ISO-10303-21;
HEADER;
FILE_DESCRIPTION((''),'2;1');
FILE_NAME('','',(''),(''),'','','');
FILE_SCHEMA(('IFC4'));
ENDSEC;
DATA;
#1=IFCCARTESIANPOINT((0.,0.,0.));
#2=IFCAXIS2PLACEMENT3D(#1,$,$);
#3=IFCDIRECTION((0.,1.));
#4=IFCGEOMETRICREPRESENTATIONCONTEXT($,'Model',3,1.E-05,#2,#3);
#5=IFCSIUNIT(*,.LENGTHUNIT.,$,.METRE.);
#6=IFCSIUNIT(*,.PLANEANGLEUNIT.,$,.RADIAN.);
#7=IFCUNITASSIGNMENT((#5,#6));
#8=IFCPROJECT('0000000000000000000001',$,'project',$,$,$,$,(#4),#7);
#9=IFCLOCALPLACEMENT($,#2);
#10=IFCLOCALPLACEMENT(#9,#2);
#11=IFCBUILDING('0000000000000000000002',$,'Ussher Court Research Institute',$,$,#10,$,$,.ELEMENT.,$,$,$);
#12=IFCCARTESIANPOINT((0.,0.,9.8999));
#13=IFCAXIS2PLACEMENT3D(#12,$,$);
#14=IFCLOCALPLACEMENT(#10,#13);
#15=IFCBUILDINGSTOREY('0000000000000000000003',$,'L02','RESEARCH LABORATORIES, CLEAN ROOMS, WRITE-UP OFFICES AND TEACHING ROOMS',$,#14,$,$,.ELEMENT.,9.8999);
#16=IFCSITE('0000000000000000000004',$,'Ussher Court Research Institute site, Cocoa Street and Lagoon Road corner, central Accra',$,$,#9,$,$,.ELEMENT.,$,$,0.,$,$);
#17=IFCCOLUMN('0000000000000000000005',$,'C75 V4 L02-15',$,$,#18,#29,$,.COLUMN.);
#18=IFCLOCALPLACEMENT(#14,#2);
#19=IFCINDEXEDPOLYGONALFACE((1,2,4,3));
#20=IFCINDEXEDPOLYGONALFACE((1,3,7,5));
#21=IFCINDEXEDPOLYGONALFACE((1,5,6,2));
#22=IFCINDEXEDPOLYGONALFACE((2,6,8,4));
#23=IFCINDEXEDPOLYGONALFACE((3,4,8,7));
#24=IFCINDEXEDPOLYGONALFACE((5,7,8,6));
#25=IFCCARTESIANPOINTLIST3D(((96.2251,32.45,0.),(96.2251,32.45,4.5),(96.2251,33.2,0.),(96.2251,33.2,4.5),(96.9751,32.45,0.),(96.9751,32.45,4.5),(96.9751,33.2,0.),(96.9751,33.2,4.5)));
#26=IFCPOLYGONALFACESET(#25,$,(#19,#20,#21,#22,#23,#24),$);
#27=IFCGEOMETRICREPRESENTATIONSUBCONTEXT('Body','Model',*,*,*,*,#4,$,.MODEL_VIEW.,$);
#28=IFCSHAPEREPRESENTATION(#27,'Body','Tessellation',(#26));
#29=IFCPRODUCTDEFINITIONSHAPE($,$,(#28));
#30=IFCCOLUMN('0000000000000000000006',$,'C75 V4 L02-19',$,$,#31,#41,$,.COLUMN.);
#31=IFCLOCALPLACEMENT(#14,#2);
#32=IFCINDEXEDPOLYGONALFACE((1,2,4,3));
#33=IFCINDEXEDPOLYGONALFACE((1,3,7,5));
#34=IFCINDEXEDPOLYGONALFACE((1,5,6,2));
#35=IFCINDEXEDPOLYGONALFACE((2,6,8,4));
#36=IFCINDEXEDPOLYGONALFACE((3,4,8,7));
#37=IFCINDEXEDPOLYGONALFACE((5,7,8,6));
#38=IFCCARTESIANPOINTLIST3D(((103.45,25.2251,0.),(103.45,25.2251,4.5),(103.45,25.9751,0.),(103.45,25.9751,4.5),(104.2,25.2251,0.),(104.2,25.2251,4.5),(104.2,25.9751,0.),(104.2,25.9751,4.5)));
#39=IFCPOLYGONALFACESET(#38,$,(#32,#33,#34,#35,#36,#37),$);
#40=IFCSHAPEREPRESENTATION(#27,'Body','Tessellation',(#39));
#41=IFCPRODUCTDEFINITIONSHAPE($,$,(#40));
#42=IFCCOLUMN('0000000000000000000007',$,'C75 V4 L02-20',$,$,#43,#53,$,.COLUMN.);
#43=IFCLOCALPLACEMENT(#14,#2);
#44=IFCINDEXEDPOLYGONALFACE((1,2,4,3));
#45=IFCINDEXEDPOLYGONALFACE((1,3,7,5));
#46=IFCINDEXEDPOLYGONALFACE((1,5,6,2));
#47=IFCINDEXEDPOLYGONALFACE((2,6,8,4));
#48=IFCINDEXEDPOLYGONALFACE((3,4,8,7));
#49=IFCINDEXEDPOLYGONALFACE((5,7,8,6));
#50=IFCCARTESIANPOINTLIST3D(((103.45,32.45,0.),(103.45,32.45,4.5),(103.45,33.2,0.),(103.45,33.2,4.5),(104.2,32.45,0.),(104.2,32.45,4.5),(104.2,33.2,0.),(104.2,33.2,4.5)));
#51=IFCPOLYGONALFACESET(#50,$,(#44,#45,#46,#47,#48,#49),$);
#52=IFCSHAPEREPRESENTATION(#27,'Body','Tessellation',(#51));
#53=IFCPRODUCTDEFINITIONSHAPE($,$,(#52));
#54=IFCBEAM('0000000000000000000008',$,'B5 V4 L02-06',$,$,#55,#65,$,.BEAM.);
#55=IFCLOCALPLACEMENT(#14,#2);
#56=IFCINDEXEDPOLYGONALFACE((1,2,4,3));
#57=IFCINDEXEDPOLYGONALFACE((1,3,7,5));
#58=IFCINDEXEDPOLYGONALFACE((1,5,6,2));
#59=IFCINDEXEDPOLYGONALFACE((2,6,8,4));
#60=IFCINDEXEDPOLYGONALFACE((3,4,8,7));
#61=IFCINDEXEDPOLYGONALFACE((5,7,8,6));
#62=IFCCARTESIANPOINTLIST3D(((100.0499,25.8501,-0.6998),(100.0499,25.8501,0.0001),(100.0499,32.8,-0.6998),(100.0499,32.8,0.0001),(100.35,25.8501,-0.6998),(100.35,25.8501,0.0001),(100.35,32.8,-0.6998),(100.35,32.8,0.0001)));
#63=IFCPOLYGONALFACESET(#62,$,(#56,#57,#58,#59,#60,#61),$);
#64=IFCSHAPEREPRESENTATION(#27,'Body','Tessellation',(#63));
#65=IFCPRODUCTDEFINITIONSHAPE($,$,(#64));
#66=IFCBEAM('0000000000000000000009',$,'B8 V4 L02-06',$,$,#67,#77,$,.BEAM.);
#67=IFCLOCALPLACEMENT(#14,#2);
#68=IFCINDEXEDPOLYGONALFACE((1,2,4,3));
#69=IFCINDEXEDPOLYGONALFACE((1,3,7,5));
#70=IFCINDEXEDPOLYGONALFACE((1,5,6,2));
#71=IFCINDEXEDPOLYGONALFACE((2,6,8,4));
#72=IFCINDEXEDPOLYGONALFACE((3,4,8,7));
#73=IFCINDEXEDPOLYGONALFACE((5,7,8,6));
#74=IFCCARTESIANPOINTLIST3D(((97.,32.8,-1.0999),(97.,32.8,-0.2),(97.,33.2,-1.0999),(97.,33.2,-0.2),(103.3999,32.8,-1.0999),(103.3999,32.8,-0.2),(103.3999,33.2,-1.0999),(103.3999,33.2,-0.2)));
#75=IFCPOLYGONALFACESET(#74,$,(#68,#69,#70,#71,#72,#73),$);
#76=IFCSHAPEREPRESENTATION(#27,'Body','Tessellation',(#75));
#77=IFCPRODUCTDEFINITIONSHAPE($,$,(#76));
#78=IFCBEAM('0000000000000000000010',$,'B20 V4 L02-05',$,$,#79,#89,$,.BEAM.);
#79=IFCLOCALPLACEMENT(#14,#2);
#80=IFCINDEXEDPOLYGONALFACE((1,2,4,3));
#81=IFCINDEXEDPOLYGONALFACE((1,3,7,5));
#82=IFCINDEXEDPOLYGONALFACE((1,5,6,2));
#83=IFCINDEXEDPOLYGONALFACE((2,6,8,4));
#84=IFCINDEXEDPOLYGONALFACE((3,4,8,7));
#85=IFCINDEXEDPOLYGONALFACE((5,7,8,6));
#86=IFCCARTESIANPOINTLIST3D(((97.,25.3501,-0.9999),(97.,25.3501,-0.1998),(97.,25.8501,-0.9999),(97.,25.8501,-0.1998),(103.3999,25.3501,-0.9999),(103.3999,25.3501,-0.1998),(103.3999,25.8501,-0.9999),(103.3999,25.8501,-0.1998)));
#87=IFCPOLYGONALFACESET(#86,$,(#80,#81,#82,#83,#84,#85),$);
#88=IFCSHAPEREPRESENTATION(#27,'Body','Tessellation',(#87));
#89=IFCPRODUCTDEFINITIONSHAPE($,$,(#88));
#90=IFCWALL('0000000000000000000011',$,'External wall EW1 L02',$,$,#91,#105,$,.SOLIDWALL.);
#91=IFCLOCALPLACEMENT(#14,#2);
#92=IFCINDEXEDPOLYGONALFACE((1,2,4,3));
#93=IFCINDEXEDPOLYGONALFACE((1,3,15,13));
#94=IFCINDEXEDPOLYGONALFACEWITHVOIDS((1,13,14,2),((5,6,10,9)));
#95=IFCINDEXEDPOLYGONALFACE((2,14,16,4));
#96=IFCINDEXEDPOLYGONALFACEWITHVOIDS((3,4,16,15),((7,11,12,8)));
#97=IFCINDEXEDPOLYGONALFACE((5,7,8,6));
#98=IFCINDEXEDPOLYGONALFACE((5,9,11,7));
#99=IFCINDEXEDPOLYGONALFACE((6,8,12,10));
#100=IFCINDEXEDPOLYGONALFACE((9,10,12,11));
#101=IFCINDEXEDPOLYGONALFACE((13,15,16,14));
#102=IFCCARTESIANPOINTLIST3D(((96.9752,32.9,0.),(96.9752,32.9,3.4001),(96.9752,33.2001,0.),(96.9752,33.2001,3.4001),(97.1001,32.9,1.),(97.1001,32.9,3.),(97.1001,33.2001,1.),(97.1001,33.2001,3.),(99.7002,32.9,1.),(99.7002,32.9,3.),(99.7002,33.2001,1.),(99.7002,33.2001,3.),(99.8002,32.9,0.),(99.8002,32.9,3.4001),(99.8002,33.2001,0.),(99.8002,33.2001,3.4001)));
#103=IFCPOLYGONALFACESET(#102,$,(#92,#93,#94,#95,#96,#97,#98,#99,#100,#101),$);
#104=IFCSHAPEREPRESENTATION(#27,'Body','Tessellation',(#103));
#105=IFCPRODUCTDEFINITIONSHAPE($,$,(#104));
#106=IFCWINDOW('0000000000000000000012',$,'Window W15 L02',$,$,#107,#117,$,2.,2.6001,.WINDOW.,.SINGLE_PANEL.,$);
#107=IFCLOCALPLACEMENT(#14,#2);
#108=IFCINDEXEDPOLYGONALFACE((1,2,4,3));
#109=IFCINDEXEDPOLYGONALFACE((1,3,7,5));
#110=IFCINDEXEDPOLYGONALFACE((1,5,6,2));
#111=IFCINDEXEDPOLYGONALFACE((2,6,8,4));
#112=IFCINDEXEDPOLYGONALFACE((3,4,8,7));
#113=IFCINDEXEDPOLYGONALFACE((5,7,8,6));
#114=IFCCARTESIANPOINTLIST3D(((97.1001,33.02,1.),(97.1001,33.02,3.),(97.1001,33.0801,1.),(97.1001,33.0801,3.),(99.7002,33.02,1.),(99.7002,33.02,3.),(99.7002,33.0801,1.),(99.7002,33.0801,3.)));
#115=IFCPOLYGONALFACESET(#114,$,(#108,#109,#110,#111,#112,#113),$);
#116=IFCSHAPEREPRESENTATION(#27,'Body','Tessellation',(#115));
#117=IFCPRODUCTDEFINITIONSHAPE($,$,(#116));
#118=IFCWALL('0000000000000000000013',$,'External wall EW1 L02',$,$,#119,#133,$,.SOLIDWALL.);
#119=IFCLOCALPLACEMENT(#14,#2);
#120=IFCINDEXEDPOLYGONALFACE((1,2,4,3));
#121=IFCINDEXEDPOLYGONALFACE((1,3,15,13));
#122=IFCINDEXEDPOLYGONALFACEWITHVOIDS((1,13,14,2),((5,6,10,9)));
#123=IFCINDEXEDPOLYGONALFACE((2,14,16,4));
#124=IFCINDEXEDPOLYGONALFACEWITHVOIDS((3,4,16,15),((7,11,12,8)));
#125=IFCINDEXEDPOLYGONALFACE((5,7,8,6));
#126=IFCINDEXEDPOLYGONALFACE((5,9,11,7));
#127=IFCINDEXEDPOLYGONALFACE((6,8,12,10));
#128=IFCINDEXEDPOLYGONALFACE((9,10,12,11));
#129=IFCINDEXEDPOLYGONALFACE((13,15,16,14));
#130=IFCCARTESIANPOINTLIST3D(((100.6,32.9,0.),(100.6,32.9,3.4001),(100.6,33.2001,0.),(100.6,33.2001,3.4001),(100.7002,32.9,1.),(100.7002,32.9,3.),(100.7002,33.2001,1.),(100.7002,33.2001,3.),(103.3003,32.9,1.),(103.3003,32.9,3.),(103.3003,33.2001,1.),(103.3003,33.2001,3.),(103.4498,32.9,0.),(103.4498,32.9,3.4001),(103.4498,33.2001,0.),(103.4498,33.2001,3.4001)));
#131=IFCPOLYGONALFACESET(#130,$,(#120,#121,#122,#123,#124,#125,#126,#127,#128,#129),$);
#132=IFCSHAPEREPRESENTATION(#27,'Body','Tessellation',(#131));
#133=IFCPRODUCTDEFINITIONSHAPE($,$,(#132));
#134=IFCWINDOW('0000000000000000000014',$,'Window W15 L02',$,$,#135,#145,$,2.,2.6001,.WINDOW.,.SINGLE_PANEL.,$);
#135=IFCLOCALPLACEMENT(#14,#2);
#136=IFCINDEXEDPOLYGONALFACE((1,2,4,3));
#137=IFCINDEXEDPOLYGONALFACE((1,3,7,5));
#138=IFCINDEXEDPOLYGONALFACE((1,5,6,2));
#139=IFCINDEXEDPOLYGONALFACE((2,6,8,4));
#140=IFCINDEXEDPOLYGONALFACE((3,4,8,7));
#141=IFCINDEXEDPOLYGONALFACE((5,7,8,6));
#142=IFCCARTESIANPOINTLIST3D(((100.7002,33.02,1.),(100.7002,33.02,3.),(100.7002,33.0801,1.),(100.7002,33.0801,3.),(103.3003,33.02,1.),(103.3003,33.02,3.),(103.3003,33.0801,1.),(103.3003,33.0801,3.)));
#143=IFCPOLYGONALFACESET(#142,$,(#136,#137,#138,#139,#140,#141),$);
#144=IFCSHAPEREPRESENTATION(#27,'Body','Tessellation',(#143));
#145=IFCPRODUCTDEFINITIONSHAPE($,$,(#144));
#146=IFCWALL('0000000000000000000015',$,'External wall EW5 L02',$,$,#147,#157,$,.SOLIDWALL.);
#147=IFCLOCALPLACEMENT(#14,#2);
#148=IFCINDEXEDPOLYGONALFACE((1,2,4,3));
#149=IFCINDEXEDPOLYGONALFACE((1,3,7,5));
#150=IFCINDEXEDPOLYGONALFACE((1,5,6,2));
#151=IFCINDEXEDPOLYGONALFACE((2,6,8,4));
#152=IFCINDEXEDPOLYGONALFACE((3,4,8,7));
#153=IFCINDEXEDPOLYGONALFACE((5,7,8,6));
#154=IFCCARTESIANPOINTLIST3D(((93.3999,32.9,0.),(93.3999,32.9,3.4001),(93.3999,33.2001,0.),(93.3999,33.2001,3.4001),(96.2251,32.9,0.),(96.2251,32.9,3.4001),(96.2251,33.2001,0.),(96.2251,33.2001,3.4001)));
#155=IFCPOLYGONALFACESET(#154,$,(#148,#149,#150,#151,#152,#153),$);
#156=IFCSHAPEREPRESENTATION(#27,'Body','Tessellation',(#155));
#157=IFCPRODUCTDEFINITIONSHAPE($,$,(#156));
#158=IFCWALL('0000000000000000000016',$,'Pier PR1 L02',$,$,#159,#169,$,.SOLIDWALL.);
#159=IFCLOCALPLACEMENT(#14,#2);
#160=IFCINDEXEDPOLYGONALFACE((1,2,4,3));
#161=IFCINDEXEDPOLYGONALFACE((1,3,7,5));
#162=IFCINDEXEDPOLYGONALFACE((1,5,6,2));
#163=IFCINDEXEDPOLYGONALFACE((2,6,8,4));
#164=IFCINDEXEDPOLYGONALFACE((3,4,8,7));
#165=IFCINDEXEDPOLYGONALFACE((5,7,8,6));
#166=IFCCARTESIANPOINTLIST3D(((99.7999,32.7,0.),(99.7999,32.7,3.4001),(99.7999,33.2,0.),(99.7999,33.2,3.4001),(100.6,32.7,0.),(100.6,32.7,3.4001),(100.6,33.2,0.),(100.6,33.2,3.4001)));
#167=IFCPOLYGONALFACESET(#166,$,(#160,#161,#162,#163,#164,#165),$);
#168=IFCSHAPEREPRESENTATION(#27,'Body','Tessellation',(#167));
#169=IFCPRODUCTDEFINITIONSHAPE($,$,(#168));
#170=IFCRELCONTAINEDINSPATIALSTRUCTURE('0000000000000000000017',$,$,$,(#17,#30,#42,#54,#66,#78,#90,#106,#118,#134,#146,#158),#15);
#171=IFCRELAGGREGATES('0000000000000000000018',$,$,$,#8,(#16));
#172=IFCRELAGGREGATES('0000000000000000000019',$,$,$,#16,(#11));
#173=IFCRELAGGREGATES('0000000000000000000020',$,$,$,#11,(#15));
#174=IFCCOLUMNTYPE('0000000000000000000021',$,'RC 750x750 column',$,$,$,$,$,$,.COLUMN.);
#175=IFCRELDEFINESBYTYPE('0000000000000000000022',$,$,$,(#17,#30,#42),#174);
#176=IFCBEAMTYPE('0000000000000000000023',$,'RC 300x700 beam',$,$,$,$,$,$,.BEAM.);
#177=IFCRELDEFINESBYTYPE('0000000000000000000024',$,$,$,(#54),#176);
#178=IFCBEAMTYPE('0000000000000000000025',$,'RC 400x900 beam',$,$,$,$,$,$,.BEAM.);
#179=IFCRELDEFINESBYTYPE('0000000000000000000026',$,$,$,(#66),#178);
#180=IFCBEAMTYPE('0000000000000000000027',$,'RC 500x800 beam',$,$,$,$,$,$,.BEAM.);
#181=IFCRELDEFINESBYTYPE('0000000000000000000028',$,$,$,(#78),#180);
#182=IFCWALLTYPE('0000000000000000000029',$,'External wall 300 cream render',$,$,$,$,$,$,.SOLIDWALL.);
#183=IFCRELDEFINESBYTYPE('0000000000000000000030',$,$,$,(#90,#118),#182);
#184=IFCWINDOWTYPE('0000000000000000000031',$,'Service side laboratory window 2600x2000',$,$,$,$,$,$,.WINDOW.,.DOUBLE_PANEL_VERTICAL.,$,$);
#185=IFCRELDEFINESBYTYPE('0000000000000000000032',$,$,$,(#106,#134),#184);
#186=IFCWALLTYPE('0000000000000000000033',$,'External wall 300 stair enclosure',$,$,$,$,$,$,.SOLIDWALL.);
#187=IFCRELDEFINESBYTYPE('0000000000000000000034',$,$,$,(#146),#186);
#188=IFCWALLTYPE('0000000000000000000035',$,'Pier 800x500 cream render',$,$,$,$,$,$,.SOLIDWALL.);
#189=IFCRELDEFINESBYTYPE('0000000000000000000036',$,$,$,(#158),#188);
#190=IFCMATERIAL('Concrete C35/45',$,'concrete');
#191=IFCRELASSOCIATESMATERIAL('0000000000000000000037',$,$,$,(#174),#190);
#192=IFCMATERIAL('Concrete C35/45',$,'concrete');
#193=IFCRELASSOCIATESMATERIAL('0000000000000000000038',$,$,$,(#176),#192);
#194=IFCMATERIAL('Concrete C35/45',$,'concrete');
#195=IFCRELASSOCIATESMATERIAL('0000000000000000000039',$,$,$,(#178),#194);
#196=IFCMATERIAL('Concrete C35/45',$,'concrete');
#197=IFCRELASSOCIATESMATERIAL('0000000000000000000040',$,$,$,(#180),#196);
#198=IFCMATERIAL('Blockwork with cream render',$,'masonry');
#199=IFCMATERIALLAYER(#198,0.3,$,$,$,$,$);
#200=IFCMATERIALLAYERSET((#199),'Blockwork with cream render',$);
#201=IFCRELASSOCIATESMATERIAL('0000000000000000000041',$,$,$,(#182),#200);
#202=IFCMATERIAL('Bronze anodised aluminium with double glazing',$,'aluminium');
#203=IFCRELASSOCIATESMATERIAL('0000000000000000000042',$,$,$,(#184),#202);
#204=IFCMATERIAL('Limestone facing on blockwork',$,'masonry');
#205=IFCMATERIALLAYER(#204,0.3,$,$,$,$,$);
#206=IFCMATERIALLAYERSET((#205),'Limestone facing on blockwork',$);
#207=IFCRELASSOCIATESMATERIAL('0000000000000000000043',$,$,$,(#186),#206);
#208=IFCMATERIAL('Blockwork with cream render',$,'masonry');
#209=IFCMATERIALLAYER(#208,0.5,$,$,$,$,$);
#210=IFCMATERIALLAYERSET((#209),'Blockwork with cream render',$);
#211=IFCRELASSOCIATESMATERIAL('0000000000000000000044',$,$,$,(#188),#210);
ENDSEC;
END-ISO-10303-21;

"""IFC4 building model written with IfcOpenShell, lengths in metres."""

from ifc_helpers import new_model, si_unit, direction, frame, frame_2d, origin, origin_2d, place, context, subcontext, project, spatial, rectangle, extrude, material, layer, layer_set, material_profile, profile_set, type_object, element, fill, save


model = new_model("IFC4")

# Units and contexts
model_context = context("Model", 3, precision=1e-05, world=origin(), true_north=direction((0.0, 1.0)))
body_context = subcontext(model_context, "Body", "Model", "MODEL_VIEW")
ifc_project = project(units=[si_unit("LENGTHUNIT", "METRE"), si_unit("PLANEANGLEUNIT", "RADIAN")], contexts=[model_context])

# Site, building, storey
site_placement = place(None, origin())
site = spatial("IfcSite", under=ifc_project, at=site_placement, Name="Ussher Court Research Institute site, Cocoa Street and Lagoon Road corner, central Accra", CompositionType="ELEMENT", RefElevation=0.0)
building_placement = place(site_placement, origin())
building = spatial("IfcBuilding", under=site, at=building_placement, Name="Ussher Court Research Institute", CompositionType="ELEMENT")
storey_placement = place(building_placement, frame((0.0, 0.0, 9.8999)))
storey = spatial("IfcBuildingStorey", under=building, at=storey_placement, Name="L02", Description="RESEARCH LABORATORIES, CLEAN ROOMS, WRITE-UP OFFICES AND TEACHING ROOMS", CompositionType="ELEMENT", Elevation=9.8999)

# Columns
ifc_material_1 = material(Name="Concrete C35/45", Category="concrete")
ifc_material_profile_1 = material_profile(ifc_material_1, rectangle(XDim=0.75, YDim=0.75, at=origin_2d()), Name="RC 750x750")
ifc_profile_set_1 = profile_set([ifc_material_profile_1], Name="Concrete C35/45")
column_type = type_object("IfcColumnType", Name="RC 750x750 column", PredefinedType="COLUMN", material=ifc_profile_set_1)
for number, where, z_axis, x_axis, name in (
    (1, (96.6001, 32.825, 0.0), (0.0, 0.0, 1.0), (1.0, 0.0, 0.0), "C75 V4 L02-15"),
    (2, (103.825, 25.6001, 0.0), (0.0, 0.0, 1.0), (1.0, 0.0, 0.0), "C75 V4 L02-19"),
    (3, (103.825, 32.825, 0.0), (0.0, 0.0, 1.0), (1.0, 0.0, 0.0), "C75 V4 L02-20"),
):
    element("IfcColumn", number, at=place(storey_placement, frame(where, z_axis=z_axis, x_axis=x_axis)), inside=storey, type_object=column_type, Name=name, PredefinedType="COLUMN", context=body_context, shape_type="SweptSolid", body=[
        extrude(rectangle(XDim=0.75, YDim=0.75, at=origin_2d()), origin(), (0.0, 0.0, 1.0), 4.5),
    ])

# Beams
ifc_material_2 = material(Name="Concrete C35/45", Category="concrete")
ifc_material_profile_2 = material_profile(ifc_material_2, rectangle(XDim=0.3, YDim=0.7, at=origin_2d()), Name="RC 300x700")
ifc_profile_set_2 = profile_set([ifc_material_profile_2], Name="Concrete C35/45")
beam_type_1 = type_object("IfcBeamType", Name="RC 300x700 beam", PredefinedType="BEAM", material=ifc_profile_set_2)
beam_1_placement = place(storey_placement, frame((100.2, 25.8501, -0.3499), z_axis=(0.0, 1.0, 0.0), x_axis=(-1.0, 0.0, 0.0)))
element("IfcBeam", 4, at=beam_1_placement, inside=storey, type_object=beam_type_1, Name="B5 V4 L02-06", PredefinedType="BEAM", context=body_context, shape_type="SweptSolid", body=[
    extrude(rectangle(XDim=0.3, YDim=0.7, at=origin_2d()), origin(), (0.0, 0.0, 1.0), 6.95),
])
ifc_material_3 = material(Name="Concrete C35/45", Category="concrete")
ifc_material_profile_3 = material_profile(ifc_material_3, rectangle(XDim=0.3999, YDim=0.8999, at=origin_2d()), Name="RC 400x900")
ifc_profile_set_3 = profile_set([ifc_material_profile_3], Name="Concrete C35/45")
beam_type_2 = type_object("IfcBeamType", Name="RC 400x900 beam", PredefinedType="BEAM", material=ifc_profile_set_3)
beam_2_placement = place(storey_placement, frame((97.0, 33.0, -0.6499), z_axis=(1.0, 0.0, 0.0), x_axis=(0.0, 1.0, 0.0)))
element("IfcBeam", 5, at=beam_2_placement, inside=storey, type_object=beam_type_2, Name="B8 V4 L02-06", PredefinedType="BEAM", context=body_context, shape_type="SweptSolid", body=[
    extrude(rectangle(XDim=0.3999, YDim=0.8999, at=origin_2d()), origin(), (0.0, 0.0, 1.0), 6.3999),
])
ifc_material_4 = material(Name="Concrete C35/45", Category="concrete")
ifc_material_profile_4 = material_profile(ifc_material_4, rectangle(XDim=0.5, YDim=0.8, at=origin_2d()), Name="RC 500x800")
ifc_profile_set_4 = profile_set([ifc_material_profile_4], Name="Concrete C35/45")
beam_type_3 = type_object("IfcBeamType", Name="RC 500x800 beam", PredefinedType="BEAM", material=ifc_profile_set_4)
beam_3_placement = place(storey_placement, frame((97.0, 25.6001, -0.5999), z_axis=(1.0, 0.0, 0.0), x_axis=(0.0, 1.0, 0.0)))
element("IfcBeam", 6, at=beam_3_placement, inside=storey, type_object=beam_type_3, Name="B20 V4 L02-05", PredefinedType="BEAM", context=body_context, shape_type="SweptSolid", body=[
    extrude(rectangle(XDim=0.5, YDim=0.8, at=origin_2d()), origin(), (0.0, 0.0, 1.0), 6.3999),
])

# Walls, openings, windows
ifc_material_5 = material(Name="Blockwork with cream render", Category="masonry")
ifc_layer_1 = layer(ifc_material_5, 0.3)
ifc_layer_set_1 = layer_set([ifc_layer_1], Name="Blockwork with cream render")
wall_type_1 = type_object("IfcWallType", Name="External wall 300 cream render", PredefinedType="SOLIDWALL", material=ifc_layer_set_1)
wall_1_placement = place(storey_placement, frame((96.9751, 33.05, 0.0), z_axis=(0.0, 0.0, 1.0), x_axis=(1.0, 0.0, 0.0)))
wall_1 = element("IfcWall", 7, at=wall_1_placement, inside=storey, type_object=wall_type_1, Name="External wall EW1 L02", PredefinedType="SOLIDWALL", context=body_context, shape_type="SweptSolid", body=[
    extrude(rectangle(XDim=2.825, YDim=0.3, at=frame_2d((1.4126, 0.0))), origin(), (0.0, 0.0, 1.0), 3.4001),
])
opening_1_placement = place(wall_1_placement, frame((0.125, 0.0, 1.0)))
opening_1 = element("IfcOpeningElement", 8, at=opening_1_placement, cuts=wall_1, PredefinedType="OPENING", context=body_context, shape_type="SweptSolid", body=[
    extrude(rectangle(XDim=2.6001, YDim=2.0, at=frame_2d((1.3, 1.0))), frame((0.0, 0.1602, 0.0), z_axis=(0.0, -1.0, 0.0), x_axis=(1.0, 0.0, 0.0)), (0.0, 0.0, 1.0), 0.3201),
])
ifc_material_6 = material(Name="Bronze anodised aluminium with double glazing", Category="aluminium")
window_type = type_object("IfcWindowType", Name="Service side laboratory window 2600x2000", PartitioningType="DOUBLE_PANEL_VERTICAL", PredefinedType="WINDOW", material=ifc_material_6)
window_1_placement = place(opening_1_placement, origin())
window_1 = element("IfcWindow", 9, at=window_1_placement, inside=storey, type_object=window_type, Name="Window W15 L02", OverallHeight=2.0, OverallWidth=2.6001, PartitioningType="SINGLE_PANEL", PredefinedType="WINDOW", context=body_context, shape_type="SweptSolid", body=[
    extrude(rectangle(XDim=2.6001, YDim=2.0, at=frame_2d((1.3, 1.0))), frame((0.0, 0.03, 0.0), z_axis=(0.0, -1.0, 0.0), x_axis=(1.0, 0.0, 0.0)), (0.0, 0.0, 1.0), 0.0601),
])
fill(opening_1, window_1)
wall_2_placement = place(storey_placement, frame((100.6001, 33.05, 0.0), z_axis=(0.0, 0.0, 1.0), x_axis=(1.0, 0.0, 0.0)))
wall_2 = element("IfcWall", 10, at=wall_2_placement, inside=storey, type_object=wall_type_1, Name="External wall EW1 L02", PredefinedType="SOLIDWALL", context=body_context, shape_type="SweptSolid", body=[
    extrude(rectangle(XDim=2.8499, YDim=0.3, at=frame_2d((1.4248, 0.0))), origin(), (0.0, 0.0, 1.0), 3.4001),
])
opening_2_placement = place(wall_2_placement, frame((0.1001, 0.0, 1.0)))
opening_2 = element("IfcOpeningElement", 11, at=opening_2_placement, cuts=wall_2, PredefinedType="OPENING", context=body_context, shape_type="SweptSolid", body=[
    extrude(rectangle(XDim=2.6001, YDim=2.0, at=frame_2d((1.3, 1.0))), frame((0.0, 0.1602, 0.0), z_axis=(0.0, -1.0, 0.0), x_axis=(1.0, 0.0, 0.0)), (0.0, 0.0, 1.0), 0.3201),
])
window_2_placement = place(opening_2_placement, origin())
window_2 = element("IfcWindow", 12, at=window_2_placement, inside=storey, type_object=window_type, Name="Window W15 L02", OverallHeight=2.0, OverallWidth=2.6001, PartitioningType="SINGLE_PANEL", PredefinedType="WINDOW", context=body_context, shape_type="SweptSolid", body=[
    extrude(rectangle(XDim=2.6001, YDim=2.0, at=frame_2d((1.3, 1.0))), frame((0.0, 0.03, 0.0), z_axis=(0.0, -1.0, 0.0), x_axis=(1.0, 0.0, 0.0)), (0.0, 0.0, 1.0), 0.0601),
])
fill(opening_2, window_2)

# Walls
ifc_material_7 = material(Name="Limestone facing on blockwork", Category="masonry")
ifc_layer_2 = layer(ifc_material_7, 0.3)
ifc_layer_set_2 = layer_set([ifc_layer_2], Name="Limestone facing on blockwork")
wall_type_2 = type_object("IfcWallType", Name="External wall 300 stair enclosure", PredefinedType="SOLIDWALL", material=ifc_layer_set_2)
wall_3_placement = place(storey_placement, frame((93.3999, 33.05, 0.0), z_axis=(0.0, 0.0, 1.0), x_axis=(1.0, 0.0, 0.0)))
element("IfcWall", 13, at=wall_3_placement, inside=storey, type_object=wall_type_2, Name="External wall EW5 L02", PredefinedType="SOLIDWALL", context=body_context, shape_type="SweptSolid", body=[
    extrude(rectangle(XDim=2.8252, YDim=0.3, at=frame_2d((1.4126, 0.0))), origin(), (0.0, 0.0, 1.0), 3.4001),
])
ifc_material_8 = material(Name="Blockwork with cream render", Category="masonry")
ifc_layer_3 = layer(ifc_material_8, 0.5)
ifc_layer_set_3 = layer_set([ifc_layer_3], Name="Blockwork with cream render")
wall_type_3 = type_object("IfcWallType", Name="Pier 800x500 cream render", PredefinedType="SOLIDWALL", material=ifc_layer_set_3)
wall_4_placement = place(storey_placement, frame((99.8, 32.95, 0.0), z_axis=(0.0, 0.0, 1.0), x_axis=(1.0, 0.0, 0.0)))
element("IfcWall", 14, at=wall_4_placement, inside=storey, type_object=wall_type_3, Name="Pier PR1 L02", PredefinedType="SOLIDWALL", context=body_context, shape_type="SweptSolid", body=[
    extrude(rectangle(XDim=0.8, YDim=0.5, at=frame_2d((0.3999, 0.0))), origin(), (0.0, 0.0, 1.0), 3.4001),
])

save(model, "model.ifc")
